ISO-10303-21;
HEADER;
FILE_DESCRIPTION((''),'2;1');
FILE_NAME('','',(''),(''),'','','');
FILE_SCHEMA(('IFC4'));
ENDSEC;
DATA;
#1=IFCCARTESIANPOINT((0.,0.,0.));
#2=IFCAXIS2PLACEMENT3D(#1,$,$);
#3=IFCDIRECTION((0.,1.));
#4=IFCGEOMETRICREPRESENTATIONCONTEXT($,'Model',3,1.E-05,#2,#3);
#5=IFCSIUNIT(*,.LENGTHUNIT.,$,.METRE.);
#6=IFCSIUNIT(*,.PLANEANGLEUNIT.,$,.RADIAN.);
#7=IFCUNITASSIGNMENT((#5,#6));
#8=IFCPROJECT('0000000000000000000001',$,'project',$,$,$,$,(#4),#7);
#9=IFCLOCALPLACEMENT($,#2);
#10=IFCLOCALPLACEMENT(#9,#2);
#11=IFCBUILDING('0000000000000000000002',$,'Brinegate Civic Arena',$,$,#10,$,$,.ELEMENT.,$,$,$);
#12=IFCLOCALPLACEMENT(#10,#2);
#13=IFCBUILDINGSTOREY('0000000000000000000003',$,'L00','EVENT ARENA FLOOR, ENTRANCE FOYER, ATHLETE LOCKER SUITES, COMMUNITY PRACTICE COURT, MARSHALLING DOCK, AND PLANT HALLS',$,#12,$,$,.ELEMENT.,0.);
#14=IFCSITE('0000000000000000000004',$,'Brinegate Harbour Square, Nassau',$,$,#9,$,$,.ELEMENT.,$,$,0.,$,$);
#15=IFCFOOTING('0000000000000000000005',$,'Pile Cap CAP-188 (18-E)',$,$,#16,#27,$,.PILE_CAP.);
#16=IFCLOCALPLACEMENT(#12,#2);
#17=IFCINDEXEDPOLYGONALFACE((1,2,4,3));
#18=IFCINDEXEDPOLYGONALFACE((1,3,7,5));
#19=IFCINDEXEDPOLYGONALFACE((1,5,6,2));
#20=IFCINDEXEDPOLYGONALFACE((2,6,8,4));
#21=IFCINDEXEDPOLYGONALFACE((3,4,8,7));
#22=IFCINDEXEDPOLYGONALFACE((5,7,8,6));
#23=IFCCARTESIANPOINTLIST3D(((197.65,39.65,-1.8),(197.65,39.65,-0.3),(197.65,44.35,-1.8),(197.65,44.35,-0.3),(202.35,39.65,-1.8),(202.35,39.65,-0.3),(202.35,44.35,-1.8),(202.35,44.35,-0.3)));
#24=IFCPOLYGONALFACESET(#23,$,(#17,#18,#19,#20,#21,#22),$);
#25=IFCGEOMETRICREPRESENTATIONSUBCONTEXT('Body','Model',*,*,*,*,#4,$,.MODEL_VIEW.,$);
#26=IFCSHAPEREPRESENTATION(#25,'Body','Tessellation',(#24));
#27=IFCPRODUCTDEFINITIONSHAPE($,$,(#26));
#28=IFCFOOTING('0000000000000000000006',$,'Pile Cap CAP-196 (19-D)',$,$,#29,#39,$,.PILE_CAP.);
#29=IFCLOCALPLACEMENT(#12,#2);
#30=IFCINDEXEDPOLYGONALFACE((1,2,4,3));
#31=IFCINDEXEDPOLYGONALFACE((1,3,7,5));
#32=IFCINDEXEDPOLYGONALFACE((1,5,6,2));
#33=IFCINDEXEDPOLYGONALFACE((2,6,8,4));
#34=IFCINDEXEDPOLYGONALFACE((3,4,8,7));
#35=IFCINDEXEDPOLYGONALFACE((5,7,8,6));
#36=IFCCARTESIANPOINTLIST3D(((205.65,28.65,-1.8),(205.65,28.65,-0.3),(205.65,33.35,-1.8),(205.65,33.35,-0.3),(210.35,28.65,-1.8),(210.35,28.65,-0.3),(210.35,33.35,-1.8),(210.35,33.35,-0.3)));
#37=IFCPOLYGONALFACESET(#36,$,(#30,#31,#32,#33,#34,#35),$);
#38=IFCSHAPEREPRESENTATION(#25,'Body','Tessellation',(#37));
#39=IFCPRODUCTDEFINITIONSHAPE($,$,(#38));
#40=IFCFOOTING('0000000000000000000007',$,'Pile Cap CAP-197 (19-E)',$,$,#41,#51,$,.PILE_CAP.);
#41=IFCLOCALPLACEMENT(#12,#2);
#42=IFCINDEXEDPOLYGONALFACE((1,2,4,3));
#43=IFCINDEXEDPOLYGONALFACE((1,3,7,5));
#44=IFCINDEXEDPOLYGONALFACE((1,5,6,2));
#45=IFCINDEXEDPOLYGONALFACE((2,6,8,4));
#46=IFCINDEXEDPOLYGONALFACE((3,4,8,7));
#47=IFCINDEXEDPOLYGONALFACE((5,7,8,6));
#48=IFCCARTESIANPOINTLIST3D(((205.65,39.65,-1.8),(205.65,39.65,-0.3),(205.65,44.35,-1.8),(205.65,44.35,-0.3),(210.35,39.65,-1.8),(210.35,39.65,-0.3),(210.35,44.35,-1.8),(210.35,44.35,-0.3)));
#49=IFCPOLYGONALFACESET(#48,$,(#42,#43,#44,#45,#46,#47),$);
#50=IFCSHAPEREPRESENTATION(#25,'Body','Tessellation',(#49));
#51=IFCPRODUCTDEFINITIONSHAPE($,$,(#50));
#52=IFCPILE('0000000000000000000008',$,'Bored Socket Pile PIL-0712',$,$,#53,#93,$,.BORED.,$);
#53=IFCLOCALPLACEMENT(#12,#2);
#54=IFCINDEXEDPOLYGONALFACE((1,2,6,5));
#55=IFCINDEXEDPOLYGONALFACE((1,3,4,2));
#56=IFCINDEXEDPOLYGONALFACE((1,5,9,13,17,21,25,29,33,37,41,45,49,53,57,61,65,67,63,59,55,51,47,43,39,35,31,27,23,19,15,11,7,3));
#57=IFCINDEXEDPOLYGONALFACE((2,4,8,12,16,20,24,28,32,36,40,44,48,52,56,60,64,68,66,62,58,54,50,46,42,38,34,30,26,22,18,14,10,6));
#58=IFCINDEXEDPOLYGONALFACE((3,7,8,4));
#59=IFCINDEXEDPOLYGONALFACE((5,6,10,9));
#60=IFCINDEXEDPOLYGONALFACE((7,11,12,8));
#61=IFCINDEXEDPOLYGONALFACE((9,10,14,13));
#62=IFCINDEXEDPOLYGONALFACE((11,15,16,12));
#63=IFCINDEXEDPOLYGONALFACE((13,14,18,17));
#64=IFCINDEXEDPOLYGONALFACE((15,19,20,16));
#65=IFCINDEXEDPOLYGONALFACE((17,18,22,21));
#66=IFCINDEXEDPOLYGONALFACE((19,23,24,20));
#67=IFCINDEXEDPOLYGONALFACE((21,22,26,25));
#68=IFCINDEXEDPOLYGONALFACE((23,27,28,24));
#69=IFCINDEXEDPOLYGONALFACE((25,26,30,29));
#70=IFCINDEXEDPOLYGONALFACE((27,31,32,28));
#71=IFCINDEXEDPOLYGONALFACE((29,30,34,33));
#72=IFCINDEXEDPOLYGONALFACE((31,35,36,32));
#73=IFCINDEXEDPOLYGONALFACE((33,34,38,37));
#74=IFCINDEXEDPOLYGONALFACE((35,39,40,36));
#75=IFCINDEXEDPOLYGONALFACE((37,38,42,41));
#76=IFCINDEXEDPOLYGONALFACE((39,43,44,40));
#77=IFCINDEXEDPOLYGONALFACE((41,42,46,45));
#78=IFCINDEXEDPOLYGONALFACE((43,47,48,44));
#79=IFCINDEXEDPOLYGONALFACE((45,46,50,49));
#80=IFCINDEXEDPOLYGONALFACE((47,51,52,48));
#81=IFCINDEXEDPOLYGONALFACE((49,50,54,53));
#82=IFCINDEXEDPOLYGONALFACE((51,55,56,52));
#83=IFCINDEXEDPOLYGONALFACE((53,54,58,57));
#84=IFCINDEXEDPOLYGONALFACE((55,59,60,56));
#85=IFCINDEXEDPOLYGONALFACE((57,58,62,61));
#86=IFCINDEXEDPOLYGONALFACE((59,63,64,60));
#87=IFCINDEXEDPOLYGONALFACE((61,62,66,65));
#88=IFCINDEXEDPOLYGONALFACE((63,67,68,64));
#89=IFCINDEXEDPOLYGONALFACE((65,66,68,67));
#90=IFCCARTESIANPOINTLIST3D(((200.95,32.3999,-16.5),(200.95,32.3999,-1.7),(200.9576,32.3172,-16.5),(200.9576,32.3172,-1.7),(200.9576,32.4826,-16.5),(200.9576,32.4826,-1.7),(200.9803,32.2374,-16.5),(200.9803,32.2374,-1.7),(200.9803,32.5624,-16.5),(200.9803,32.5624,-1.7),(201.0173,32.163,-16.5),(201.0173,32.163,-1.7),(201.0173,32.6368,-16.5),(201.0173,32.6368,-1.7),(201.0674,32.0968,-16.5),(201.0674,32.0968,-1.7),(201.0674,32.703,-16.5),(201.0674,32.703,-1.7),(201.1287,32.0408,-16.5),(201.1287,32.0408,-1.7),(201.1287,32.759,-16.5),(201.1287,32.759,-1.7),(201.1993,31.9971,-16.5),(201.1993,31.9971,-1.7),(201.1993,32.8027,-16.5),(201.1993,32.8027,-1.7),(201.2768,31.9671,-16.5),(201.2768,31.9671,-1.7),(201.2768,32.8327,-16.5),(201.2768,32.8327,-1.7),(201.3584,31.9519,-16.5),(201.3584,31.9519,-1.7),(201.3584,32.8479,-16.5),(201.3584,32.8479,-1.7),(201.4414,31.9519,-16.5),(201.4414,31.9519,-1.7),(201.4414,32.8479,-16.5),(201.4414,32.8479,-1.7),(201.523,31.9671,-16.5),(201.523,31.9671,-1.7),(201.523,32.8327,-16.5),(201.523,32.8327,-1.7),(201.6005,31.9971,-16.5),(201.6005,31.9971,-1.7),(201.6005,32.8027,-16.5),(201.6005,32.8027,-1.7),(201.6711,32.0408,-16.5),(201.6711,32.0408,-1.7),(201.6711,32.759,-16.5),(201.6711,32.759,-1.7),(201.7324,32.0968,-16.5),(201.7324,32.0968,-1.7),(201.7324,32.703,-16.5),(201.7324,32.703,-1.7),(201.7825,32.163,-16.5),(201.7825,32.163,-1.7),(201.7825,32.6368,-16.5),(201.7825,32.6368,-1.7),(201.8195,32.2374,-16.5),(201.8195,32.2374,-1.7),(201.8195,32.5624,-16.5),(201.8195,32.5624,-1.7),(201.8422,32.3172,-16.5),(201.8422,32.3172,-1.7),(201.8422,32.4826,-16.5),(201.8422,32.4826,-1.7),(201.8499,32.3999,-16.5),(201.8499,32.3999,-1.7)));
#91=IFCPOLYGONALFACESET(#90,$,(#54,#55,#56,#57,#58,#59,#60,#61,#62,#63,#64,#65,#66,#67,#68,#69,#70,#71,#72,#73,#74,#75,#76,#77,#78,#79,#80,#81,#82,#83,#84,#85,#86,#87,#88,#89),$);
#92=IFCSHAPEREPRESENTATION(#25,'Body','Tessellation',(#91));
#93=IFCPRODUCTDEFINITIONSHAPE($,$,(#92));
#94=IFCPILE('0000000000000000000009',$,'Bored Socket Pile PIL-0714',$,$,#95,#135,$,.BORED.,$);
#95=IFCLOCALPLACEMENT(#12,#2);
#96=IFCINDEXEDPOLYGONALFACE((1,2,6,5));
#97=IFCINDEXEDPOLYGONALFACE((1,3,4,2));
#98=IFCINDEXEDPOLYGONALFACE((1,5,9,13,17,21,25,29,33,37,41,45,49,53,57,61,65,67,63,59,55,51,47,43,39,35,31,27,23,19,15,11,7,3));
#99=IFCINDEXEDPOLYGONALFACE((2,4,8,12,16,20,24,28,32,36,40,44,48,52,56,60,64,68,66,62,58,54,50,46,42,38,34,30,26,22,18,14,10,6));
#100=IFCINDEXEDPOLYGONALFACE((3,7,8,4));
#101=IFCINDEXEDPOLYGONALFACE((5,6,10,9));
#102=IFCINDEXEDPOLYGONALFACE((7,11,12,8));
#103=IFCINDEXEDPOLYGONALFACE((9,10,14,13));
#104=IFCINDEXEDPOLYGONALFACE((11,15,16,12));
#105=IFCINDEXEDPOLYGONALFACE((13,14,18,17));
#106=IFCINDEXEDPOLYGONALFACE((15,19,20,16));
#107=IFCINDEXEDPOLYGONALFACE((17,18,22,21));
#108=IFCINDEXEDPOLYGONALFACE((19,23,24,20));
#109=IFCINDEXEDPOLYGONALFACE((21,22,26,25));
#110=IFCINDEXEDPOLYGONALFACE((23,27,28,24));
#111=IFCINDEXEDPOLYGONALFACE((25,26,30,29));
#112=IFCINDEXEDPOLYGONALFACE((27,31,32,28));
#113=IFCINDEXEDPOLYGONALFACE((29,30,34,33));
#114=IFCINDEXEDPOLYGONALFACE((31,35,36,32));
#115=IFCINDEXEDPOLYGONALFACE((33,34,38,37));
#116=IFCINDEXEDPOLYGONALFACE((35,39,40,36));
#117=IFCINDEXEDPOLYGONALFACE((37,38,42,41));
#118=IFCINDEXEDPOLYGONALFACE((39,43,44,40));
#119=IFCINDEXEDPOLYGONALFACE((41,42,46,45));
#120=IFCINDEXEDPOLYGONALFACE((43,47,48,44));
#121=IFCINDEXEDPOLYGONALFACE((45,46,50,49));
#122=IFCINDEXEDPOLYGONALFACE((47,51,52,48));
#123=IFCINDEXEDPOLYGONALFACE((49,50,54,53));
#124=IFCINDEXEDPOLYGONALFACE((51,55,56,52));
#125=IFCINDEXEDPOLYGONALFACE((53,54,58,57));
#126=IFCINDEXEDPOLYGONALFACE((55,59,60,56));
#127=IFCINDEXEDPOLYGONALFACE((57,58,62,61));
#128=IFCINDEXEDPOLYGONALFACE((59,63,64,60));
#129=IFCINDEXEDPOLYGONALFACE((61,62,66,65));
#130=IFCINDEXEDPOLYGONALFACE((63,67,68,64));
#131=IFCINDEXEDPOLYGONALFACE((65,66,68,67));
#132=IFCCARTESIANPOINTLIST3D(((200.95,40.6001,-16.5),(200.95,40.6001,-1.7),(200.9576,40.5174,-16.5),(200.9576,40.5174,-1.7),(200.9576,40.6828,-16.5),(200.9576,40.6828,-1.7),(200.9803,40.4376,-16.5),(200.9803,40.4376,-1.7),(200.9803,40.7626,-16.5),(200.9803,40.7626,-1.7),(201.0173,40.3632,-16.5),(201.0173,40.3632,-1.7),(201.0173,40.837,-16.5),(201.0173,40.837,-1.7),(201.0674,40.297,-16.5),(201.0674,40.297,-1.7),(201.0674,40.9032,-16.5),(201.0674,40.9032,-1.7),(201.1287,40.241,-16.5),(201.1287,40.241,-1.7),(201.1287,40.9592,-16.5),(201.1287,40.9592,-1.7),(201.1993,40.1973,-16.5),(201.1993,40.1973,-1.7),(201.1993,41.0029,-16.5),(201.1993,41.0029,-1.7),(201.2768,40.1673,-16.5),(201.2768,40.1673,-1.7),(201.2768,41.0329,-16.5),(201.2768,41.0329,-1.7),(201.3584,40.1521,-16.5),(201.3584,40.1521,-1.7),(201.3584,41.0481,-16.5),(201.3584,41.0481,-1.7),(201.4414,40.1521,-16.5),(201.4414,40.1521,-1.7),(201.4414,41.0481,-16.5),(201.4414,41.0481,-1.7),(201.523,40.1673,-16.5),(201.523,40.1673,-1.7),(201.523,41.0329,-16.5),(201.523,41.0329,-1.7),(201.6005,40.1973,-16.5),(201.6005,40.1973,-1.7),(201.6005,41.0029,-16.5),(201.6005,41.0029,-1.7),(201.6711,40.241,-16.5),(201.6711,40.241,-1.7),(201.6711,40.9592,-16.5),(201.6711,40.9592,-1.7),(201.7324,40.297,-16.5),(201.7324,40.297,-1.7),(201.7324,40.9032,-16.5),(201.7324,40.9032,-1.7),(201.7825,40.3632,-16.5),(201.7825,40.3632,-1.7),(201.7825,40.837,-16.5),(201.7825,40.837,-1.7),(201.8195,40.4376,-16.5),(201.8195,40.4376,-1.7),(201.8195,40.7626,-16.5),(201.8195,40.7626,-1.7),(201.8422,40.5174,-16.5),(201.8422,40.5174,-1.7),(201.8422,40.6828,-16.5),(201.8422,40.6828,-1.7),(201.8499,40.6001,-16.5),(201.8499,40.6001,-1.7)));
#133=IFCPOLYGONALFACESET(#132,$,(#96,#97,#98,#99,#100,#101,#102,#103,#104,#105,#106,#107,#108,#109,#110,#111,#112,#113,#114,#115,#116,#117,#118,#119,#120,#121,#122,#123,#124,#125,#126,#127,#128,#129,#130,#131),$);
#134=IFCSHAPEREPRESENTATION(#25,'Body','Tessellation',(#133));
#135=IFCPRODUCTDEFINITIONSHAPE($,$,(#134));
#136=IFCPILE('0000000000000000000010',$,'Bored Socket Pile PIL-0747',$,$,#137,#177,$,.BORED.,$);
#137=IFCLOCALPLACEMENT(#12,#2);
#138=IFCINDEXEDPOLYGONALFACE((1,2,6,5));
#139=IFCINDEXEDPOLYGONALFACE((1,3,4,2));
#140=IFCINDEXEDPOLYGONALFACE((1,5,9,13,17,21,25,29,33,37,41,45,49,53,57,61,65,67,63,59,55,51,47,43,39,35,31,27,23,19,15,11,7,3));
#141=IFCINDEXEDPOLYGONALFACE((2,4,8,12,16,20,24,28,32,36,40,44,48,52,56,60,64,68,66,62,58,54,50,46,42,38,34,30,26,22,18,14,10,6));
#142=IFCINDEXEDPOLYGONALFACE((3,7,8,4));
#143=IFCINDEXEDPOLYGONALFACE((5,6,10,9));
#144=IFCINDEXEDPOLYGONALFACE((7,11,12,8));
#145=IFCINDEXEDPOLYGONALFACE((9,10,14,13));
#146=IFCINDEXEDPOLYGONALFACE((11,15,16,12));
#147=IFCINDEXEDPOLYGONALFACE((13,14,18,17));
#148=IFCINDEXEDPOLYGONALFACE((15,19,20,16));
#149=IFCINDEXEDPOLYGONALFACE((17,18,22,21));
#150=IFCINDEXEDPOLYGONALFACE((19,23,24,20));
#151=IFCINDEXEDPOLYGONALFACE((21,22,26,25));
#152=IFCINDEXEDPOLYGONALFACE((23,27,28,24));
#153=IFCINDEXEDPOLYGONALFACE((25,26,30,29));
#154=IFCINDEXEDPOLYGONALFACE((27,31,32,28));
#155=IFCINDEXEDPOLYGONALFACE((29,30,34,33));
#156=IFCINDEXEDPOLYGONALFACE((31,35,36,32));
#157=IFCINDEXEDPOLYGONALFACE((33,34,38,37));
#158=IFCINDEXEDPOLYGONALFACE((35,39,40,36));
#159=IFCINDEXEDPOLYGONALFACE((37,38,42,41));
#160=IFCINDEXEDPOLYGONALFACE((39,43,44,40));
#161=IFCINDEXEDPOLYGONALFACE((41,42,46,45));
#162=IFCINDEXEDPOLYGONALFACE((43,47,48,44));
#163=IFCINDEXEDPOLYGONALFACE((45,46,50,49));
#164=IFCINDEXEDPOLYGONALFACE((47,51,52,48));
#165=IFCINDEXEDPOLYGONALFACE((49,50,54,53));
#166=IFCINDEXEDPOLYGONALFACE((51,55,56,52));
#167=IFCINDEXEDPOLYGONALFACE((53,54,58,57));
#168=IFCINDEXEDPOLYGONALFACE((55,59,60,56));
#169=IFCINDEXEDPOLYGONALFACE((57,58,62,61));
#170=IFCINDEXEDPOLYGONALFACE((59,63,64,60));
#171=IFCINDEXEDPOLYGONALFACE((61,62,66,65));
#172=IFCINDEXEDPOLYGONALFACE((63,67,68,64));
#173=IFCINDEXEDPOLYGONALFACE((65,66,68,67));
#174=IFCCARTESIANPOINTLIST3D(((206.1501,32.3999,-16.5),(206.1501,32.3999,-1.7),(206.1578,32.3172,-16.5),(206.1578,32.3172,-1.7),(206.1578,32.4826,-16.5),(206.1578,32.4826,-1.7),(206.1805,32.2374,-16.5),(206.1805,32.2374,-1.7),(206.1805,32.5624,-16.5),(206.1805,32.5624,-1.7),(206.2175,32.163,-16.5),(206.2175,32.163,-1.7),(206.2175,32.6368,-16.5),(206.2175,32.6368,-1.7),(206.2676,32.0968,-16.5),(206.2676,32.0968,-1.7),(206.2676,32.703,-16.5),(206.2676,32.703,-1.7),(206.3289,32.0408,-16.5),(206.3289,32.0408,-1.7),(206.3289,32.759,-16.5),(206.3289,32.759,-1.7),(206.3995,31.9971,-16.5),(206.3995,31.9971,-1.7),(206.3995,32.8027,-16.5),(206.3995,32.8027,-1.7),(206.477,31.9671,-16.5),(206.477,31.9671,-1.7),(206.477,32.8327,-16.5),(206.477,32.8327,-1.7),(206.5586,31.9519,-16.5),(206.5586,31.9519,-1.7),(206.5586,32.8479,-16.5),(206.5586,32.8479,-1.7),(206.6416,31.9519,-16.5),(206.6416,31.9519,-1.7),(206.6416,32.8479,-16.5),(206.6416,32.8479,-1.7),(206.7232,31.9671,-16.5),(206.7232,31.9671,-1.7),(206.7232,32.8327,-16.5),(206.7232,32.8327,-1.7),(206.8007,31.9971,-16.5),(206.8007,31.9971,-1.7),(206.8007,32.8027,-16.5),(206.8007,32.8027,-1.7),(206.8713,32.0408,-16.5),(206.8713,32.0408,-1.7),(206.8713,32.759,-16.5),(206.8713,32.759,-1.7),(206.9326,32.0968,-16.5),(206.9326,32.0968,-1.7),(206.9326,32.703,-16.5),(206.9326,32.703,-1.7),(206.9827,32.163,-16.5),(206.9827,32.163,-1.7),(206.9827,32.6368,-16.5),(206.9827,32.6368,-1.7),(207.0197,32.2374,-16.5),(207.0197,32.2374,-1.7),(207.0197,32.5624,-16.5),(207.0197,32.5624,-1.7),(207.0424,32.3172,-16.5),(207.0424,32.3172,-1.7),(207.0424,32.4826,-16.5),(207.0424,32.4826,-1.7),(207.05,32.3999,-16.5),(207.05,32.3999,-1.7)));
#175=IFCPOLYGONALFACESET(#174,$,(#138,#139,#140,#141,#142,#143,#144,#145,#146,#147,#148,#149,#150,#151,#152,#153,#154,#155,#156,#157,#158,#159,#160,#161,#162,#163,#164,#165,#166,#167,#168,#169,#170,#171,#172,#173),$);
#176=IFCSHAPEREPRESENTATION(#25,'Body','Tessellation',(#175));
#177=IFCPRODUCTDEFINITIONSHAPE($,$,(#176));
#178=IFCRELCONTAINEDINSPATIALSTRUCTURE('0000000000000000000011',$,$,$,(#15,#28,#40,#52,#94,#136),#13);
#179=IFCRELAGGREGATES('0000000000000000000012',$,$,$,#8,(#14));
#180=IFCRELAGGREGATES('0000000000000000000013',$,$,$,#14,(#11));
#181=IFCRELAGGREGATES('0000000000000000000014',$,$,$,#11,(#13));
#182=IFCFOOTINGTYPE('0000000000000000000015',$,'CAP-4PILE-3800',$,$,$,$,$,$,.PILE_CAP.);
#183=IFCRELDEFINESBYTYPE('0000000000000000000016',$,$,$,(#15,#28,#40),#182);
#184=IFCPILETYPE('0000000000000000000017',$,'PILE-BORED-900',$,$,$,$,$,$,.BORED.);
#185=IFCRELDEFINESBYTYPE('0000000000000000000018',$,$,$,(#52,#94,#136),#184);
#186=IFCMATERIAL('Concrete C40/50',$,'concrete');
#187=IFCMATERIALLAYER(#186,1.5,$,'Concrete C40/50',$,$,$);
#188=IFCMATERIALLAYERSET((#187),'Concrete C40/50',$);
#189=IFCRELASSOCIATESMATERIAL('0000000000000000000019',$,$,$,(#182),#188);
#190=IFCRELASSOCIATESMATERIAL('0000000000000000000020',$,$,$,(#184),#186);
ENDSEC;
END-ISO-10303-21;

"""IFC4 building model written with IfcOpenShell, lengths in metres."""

from ifc_helpers import new_model, si_unit, direction, frame, origin, origin_2d, place, context, subcontext, project, spatial, rectangle, circle, extrude, material, layer, layer_set, material_profile, profile_set, type_object, element, save


model = new_model("IFC4")

# Units and contexts
model_context = context("Model", 3, precision=1e-05, world=origin(), true_north=direction((0.0, 1.0)))
body_context = subcontext(model_context, "Body", "Model", "MODEL_VIEW")
ifc_project = project(units=[si_unit("LENGTHUNIT", "METRE"), si_unit("PLANEANGLEUNIT", "RADIAN")], contexts=[model_context])

# Site, building, storey
site_placement = place(None, origin())
site = spatial("IfcSite", under=ifc_project, at=site_placement, Name="Brinegate Harbour Square, Nassau", CompositionType="ELEMENT", RefElevation=0.0)
building_placement = place(site_placement, origin())
building = spatial("IfcBuilding", under=site, at=building_placement, Name="Brinegate Civic Arena", CompositionType="ELEMENT")
storey_placement = place(building_placement, origin())
storey = spatial("IfcBuildingStorey", under=building, at=storey_placement, Name="L00", Description="EVENT ARENA FLOOR, ENTRANCE FOYER, ATHLETE LOCKER SUITES, COMMUNITY PRACTICE COURT, MARSHALLING DOCK, AND PLANT HALLS", CompositionType="ELEMENT", Elevation=0.0)

# Footings
ifc_material_1 = material(Name="Concrete C40/50", Category="concrete")
ifc_layer_1 = layer(ifc_material_1, 1.5, Name="Concrete C40/50")
ifc_layer_set_1 = layer_set([ifc_layer_1], Name="Concrete C40/50")
footing_type_1 = type_object("IfcFootingType", Name="CAP-4PILE-3800", PredefinedType="PILE_CAP", material=ifc_layer_set_1)
for number, where, z_axis, x_axis, name in (
    (1, (200.0, 42.0, -1.8), (0.0, 0.0, 1.0), (1.0, 0.0, 0.0), "Pile Cap CAP-188 (18-E)"),
    (2, (208.0, 31.0, -1.8), (0.0, 0.0, 1.0), (1.0, 0.0, 0.0), "Pile Cap CAP-196 (19-D)"),
    (3, (208.0, 42.0, -1.8), (0.0, 0.0, 1.0), (1.0, 0.0, 0.0), "Pile Cap CAP-197 (19-E)"),
):
    element("IfcFooting", number, at=place(storey_placement, frame(where, z_axis=z_axis, x_axis=x_axis)), inside=storey, type_object=footing_type_1, Name=name, PredefinedType="PILE_CAP", context=body_context, shape_type="SweptSolid", body=[
        extrude(rectangle(XDim=4.7, YDim=4.7, at=origin_2d()), origin(), (0.0, 0.0, 1.0), 1.5),
    ])

# Piles
ifc_material_profile_1 = material_profile(ifc_material_1, circle(Radius=0.45, at=origin_2d()), Name="PILED900")
ifc_profile_set_1 = profile_set([ifc_material_profile_1], Name="Concrete C40/50")
pile_type = type_object("IfcPileType", Name="PILE-BORED-900", PredefinedType="BORED", material=ifc_profile_set_1)
for number, where, z_axis, x_axis, name in (
    (4, (201.3999, 32.3999, -1.7), (0.0, 0.0, -1.0), (1.0, 0.0, 0.0), "Bored Socket Pile PIL-0712"),
    (5, (201.3999, 40.6001, -1.7), (0.0, 0.0, -1.0), (1.0, 0.0, 0.0), "Bored Socket Pile PIL-0714"),
    (6, (206.6001, 32.3999, -1.7), (0.0, 0.0, -1.0), (1.0, 0.0, 0.0), "Bored Socket Pile PIL-0747"),
):
    element("IfcPile", number, at=place(storey_placement, frame(where, z_axis=z_axis, x_axis=x_axis)), inside=storey, type_object=pile_type, Name=name, PredefinedType="BORED", context=body_context, shape_type="SweptSolid", body=[
        extrude(circle(Radius=0.45, at=origin_2d()), origin(), (0.0, 0.0, 1.0), 14.8),
    ])

save(model, "model.ifc")
